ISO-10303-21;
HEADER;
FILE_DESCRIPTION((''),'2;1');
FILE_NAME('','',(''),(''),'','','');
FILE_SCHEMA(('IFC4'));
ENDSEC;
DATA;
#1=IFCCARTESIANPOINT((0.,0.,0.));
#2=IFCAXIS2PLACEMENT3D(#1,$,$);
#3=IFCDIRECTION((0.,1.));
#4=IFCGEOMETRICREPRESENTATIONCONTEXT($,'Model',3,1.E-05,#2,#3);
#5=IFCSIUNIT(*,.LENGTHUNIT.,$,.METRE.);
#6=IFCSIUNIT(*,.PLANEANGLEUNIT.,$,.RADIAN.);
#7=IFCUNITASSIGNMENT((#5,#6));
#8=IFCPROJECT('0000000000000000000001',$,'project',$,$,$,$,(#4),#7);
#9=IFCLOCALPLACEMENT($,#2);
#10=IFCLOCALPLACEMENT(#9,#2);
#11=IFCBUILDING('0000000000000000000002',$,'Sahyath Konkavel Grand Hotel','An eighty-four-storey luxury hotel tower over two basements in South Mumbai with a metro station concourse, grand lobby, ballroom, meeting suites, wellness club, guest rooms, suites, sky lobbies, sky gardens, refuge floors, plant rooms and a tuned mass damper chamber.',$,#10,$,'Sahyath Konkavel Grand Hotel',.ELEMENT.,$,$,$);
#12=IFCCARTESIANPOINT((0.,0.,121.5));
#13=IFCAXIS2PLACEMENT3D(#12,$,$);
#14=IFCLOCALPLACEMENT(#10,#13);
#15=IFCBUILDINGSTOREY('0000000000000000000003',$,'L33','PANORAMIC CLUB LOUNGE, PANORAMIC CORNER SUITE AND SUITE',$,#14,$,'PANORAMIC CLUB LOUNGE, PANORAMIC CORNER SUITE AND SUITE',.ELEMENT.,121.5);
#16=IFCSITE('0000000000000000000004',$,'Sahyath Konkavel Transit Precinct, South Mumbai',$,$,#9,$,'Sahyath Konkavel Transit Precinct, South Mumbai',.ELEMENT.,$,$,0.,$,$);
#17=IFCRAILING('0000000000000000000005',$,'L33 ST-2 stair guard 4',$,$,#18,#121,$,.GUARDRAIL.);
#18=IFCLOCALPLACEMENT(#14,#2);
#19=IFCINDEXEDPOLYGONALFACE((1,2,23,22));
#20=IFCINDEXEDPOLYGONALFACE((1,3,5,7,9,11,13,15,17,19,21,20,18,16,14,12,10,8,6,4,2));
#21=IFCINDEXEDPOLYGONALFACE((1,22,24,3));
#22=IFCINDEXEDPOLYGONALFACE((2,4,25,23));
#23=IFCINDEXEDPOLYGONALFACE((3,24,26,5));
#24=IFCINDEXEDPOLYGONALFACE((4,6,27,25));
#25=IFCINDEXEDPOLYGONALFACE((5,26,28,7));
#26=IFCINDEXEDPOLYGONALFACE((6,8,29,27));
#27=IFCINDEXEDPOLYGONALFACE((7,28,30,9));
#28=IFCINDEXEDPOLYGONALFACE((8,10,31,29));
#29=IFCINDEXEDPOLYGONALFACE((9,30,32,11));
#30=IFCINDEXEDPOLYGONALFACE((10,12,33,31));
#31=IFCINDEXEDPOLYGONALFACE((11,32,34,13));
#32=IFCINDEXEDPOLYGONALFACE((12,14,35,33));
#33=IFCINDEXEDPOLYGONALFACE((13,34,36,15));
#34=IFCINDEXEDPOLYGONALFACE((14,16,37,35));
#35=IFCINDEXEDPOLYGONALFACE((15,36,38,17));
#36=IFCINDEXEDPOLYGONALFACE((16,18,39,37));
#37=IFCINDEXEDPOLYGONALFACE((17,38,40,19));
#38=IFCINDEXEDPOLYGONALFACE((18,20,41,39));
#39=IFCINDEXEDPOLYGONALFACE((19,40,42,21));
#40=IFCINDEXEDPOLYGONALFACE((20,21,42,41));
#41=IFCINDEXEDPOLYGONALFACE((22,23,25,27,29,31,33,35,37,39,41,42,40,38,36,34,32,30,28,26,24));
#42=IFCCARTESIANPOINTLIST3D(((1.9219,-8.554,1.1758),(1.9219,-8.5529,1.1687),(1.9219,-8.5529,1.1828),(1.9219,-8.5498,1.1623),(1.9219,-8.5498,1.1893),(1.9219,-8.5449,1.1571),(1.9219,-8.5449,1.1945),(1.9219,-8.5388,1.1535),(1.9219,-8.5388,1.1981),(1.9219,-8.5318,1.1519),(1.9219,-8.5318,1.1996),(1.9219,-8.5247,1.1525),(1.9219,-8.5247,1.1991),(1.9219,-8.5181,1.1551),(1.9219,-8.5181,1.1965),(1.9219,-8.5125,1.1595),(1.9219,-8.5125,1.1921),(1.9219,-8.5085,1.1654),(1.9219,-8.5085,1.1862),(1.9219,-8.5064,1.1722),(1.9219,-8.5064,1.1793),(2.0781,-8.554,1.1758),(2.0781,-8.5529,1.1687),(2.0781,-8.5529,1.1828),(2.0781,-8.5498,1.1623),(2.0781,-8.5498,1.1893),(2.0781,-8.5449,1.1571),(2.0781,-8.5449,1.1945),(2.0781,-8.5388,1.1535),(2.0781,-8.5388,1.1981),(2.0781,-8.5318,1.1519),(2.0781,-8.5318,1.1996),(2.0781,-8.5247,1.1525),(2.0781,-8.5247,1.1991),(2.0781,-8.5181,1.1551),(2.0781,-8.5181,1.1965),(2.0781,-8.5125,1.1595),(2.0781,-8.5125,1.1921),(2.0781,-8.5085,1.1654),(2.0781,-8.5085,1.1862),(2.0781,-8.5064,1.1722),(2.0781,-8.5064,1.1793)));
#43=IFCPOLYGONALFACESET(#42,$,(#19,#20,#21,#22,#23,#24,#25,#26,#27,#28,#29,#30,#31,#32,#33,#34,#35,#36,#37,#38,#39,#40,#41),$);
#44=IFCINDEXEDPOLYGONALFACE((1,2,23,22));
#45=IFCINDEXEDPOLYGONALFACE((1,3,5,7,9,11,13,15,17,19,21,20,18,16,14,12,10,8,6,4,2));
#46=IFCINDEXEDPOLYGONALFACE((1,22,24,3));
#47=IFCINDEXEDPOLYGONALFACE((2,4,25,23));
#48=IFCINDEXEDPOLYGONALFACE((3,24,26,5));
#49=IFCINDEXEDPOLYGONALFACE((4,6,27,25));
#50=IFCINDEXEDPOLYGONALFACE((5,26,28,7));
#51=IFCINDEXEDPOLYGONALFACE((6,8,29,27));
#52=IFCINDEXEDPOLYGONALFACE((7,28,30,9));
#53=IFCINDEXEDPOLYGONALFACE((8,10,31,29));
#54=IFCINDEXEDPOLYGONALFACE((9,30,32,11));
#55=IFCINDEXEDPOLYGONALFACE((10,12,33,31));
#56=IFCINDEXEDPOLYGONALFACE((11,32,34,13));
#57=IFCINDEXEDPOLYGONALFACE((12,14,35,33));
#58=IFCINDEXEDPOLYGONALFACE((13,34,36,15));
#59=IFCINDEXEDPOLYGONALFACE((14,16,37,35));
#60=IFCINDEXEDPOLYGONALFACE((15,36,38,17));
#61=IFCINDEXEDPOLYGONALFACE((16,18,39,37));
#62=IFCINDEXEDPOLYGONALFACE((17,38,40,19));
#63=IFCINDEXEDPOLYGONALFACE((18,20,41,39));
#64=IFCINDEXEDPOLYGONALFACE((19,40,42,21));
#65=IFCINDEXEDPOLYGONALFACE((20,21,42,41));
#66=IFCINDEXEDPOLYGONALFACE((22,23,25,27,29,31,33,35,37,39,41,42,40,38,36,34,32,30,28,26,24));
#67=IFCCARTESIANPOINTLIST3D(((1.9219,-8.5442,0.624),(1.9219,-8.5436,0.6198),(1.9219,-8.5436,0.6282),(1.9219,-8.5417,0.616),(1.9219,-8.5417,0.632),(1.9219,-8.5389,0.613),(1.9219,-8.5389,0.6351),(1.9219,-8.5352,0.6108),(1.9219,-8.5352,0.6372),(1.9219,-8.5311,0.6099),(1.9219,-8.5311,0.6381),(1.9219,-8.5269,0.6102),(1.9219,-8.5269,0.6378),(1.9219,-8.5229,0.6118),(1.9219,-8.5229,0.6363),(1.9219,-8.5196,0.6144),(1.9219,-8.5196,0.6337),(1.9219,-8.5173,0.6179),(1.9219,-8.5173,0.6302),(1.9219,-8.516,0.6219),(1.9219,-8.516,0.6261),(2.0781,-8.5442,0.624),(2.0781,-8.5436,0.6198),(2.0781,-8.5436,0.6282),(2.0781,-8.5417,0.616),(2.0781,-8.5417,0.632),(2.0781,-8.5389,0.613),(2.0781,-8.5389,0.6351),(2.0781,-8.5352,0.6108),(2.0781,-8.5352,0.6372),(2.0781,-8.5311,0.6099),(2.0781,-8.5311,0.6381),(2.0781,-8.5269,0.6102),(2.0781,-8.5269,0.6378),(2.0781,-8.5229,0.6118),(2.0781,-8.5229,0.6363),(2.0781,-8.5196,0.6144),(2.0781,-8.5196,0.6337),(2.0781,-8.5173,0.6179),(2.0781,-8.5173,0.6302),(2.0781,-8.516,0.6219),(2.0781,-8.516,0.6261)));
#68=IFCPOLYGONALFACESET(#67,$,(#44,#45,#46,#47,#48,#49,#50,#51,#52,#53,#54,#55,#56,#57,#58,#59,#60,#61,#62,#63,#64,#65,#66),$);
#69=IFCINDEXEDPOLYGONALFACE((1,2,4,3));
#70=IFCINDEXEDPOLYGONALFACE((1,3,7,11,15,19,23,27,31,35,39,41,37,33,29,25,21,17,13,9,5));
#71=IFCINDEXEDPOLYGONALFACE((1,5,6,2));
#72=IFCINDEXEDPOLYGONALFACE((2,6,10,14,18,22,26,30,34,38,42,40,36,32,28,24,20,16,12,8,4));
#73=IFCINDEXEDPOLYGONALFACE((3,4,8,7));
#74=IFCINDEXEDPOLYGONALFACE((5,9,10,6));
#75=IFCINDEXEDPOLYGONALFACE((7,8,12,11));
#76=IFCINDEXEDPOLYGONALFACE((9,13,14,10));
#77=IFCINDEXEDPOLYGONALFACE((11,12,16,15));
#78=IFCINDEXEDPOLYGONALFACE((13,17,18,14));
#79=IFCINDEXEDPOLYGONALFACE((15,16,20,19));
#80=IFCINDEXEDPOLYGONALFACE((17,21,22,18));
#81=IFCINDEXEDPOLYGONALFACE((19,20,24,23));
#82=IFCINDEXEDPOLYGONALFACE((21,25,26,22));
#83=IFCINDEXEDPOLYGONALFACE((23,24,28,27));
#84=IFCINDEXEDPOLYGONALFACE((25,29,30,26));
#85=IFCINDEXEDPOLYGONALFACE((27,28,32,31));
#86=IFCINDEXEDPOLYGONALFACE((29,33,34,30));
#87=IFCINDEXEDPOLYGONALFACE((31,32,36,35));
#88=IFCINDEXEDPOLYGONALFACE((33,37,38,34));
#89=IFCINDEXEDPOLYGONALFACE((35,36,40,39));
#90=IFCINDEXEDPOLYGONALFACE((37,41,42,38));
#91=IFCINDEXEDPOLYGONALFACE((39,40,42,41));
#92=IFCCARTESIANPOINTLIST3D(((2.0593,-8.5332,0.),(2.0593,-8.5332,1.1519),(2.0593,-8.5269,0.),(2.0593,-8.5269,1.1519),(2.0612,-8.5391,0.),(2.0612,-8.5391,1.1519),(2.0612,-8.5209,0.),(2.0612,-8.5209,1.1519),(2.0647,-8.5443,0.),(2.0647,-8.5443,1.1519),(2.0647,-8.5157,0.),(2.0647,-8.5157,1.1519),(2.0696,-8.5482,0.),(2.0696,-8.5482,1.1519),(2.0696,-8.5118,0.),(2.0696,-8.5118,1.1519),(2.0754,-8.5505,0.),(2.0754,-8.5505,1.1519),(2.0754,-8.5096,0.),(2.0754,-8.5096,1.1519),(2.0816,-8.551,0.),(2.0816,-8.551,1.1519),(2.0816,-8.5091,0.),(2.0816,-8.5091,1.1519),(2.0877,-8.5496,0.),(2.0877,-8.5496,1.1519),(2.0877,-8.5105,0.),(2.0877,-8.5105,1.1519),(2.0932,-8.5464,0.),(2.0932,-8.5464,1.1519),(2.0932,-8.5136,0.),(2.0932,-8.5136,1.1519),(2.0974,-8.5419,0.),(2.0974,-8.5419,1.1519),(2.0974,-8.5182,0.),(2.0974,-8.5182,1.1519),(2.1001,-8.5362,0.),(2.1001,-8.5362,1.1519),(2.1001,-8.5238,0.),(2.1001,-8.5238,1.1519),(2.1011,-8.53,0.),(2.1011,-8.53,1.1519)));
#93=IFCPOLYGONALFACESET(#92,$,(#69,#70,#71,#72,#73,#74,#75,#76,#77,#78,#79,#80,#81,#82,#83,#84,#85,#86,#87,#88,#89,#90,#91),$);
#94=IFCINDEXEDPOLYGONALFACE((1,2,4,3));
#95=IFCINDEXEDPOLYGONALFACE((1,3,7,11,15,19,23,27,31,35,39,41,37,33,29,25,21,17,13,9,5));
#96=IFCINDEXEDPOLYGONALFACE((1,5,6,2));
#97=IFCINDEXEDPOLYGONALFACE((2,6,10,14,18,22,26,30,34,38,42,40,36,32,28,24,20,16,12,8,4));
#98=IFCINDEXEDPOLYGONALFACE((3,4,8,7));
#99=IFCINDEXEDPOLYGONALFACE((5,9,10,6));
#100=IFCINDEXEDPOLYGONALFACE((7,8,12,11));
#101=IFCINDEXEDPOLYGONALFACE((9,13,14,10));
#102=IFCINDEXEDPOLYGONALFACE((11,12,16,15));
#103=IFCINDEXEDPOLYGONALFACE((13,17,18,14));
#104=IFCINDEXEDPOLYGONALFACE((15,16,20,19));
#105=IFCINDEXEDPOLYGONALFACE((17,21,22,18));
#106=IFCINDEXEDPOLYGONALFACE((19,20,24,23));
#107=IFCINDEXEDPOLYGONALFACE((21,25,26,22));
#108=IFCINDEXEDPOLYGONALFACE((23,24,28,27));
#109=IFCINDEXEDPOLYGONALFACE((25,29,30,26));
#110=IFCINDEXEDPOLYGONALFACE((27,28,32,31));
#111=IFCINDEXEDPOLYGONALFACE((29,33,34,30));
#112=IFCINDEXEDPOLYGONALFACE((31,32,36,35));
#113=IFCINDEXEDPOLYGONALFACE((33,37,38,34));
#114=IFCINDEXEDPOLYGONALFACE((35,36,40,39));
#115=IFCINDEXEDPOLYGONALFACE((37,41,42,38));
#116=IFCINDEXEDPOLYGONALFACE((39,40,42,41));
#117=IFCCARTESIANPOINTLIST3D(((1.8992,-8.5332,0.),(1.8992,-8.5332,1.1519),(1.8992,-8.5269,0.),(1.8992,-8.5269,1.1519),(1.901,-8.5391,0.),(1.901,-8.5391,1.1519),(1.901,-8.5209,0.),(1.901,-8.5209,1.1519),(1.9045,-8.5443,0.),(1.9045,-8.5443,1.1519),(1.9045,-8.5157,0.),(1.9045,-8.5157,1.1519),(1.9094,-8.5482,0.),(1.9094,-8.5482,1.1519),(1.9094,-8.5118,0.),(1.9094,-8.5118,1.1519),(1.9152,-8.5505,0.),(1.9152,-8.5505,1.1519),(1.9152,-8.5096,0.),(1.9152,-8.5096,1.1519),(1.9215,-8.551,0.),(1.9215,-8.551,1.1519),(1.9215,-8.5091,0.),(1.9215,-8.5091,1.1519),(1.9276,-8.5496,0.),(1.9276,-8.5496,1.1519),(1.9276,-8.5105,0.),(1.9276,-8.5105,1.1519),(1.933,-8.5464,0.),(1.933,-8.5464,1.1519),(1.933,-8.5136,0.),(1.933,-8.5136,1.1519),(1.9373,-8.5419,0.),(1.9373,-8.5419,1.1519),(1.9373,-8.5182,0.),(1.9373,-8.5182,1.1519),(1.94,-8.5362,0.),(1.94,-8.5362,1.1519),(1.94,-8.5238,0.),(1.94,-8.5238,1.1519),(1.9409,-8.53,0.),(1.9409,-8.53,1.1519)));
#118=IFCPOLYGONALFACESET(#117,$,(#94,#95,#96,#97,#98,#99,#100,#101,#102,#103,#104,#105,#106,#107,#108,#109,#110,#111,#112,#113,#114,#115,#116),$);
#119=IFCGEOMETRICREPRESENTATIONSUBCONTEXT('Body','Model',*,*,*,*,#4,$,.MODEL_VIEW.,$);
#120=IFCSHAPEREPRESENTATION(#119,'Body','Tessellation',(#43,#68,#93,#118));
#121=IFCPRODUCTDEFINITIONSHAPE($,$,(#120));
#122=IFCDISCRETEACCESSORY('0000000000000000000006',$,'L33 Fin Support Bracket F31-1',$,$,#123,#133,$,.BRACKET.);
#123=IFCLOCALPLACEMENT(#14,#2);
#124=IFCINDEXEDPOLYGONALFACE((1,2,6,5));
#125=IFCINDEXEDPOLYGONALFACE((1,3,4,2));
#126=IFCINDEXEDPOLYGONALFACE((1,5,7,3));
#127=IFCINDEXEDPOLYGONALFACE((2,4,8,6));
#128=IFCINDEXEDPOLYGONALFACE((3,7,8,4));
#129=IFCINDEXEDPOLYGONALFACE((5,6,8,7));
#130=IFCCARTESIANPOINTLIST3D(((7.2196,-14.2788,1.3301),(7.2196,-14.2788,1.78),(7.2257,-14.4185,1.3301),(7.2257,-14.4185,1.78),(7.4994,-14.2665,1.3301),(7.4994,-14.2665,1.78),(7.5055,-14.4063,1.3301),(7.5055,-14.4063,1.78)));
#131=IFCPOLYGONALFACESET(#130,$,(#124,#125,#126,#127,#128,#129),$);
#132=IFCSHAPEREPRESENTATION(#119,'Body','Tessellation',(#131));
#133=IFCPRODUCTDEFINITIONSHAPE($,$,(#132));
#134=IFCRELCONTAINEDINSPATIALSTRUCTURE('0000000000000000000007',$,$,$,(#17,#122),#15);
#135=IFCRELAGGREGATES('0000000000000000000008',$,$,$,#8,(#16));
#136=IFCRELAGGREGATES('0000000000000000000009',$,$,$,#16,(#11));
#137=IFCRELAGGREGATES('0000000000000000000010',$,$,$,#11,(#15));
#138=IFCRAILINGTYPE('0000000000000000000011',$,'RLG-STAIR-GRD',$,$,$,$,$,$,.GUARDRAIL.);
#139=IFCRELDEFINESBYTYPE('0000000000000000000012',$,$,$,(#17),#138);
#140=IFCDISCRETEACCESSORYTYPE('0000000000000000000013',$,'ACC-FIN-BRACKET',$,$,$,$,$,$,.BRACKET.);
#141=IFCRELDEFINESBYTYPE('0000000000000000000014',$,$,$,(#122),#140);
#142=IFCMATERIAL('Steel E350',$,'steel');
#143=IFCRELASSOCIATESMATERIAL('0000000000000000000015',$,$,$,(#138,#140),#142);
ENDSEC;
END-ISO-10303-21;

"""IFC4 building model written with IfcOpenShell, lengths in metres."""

from ifc_helpers import new_model, si_unit, direction, frame, origin, origin_2d, place, context, subcontext, project, spatial, rectangle, circle, extrude, source, transform, mapped, material, type_object, element, save


model = new_model("IFC4")

# Units and contexts
model_context = context("Model", 3, precision=1e-05, world=origin(), true_north=direction((0.0, 1.0)))
body_context = subcontext(model_context, "Body", "Model", "MODEL_VIEW")
ifc_project = project(units=[si_unit("LENGTHUNIT", "METRE"), si_unit("PLANEANGLEUNIT", "RADIAN")], contexts=[model_context])

# Site, building, storey
site_placement = place(None, origin())
site = spatial("IfcSite", under=ifc_project, at=site_placement, Name="Sahyath Konkavel Transit Precinct, South Mumbai", LongName="Sahyath Konkavel Transit Precinct, South Mumbai", CompositionType="ELEMENT", RefElevation=0.0)
building_placement = place(site_placement, origin())
building = spatial("IfcBuilding", under=site, at=building_placement, Name="Sahyath Konkavel Grand Hotel", Description="An eighty-four-storey luxury hotel tower over two basements in South Mumbai with a metro station concourse, grand lobby, ballroom, meeting suites, wellness club, guest rooms, suites, sky lobbies, sky gardens, refuge floors, plant rooms and a tuned mass damper chamber.", LongName="Sahyath Konkavel Grand Hotel", CompositionType="ELEMENT")
storey_placement = place(building_placement, frame((0.0, 0.0, 121.5)))
storey = spatial("IfcBuildingStorey", under=building, at=storey_placement, Name="L33", Description="PANORAMIC CLUB LOUNGE, PANORAMIC CORNER SUITE AND SUITE", LongName="PANORAMIC CLUB LOUNGE, PANORAMIC CORNER SUITE AND SUITE", CompositionType="ELEMENT", Elevation=121.5)

# Shared definitions
ifc_material_1 = material(Name="Steel E350", Category="steel")

# Railing
railing_type_1 = type_object("IfcRailingType", Name="RLG-STAIR-GRD", PredefinedType="GUARDRAIL", material=ifc_material_1)
railing_1_placement = place(storey_placement, frame((2.0801, -8.53, 0.0)))
element("IfcRailing", 1, at=railing_1_placement, inside=storey, type_object=railing_type_1, Name="L33 ST-2 stair guard 4", PredefinedType="GUARDRAIL", context=body_context, shape_type="SweptSolid", body=[
    extrude(circle(Radius=0.0239, at=origin_2d()), frame((-0.002, 0.0, 1.1758), z_axis=(-1.0, 0.0, 0.0), x_axis=(0.0, -1.0, 0.0)), (0.0, 0.0, 1.0), 0.1562),
    extrude(circle(Radius=0.0142, at=origin_2d()), frame((-0.002, 0.0, 0.624), z_axis=(-1.0, 0.0, 0.0), x_axis=(0.0, -1.0, 0.0)), (0.0, 0.0, 1.0), 0.1562),
    extrude(circle(Radius=0.021, at=origin_2d()), origin(), (0.0, 0.0, 1.0), 1.1519),
    extrude(circle(Radius=0.021, at=origin_2d()), frame((-0.1602, 0.0, 0.0)), (0.0, 0.0, 1.0), 1.1519),
])

# Discrete accessory
discrete_accessory_type = type_object("IfcDiscreteAccessoryType", Name="ACC-FIN-BRACKET", PredefinedType="BRACKET", material=ifc_material_1)
shared_shape_1 = source(origin(), body_context, "Body", "SweptSolid", [
    extrude(rectangle(XDim=0.28, YDim=0.1399, at=origin_2d()), origin(), (0.0, 0.0, 1.0), 0.45),
])
discrete_accessory_placement = place(storey_placement, frame((7.3625, -14.3425, 1.3301), z_axis=(0.0, 0.0, 1.0), x_axis=(0.999048, 0.043619, 0.0)))
element("IfcDiscreteAccessory", 2, at=discrete_accessory_placement, inside=storey, type_object=discrete_accessory_type, Name="L33 Fin Support Bracket F31-1", PredefinedType="BRACKET", context=body_context, shape_type="MappedRepresentation", body=[
    mapped(shared_shape_1, transform((0.0, 0.0, 0.0), scale=1.0)),
])

save(model, "model.ifc")
